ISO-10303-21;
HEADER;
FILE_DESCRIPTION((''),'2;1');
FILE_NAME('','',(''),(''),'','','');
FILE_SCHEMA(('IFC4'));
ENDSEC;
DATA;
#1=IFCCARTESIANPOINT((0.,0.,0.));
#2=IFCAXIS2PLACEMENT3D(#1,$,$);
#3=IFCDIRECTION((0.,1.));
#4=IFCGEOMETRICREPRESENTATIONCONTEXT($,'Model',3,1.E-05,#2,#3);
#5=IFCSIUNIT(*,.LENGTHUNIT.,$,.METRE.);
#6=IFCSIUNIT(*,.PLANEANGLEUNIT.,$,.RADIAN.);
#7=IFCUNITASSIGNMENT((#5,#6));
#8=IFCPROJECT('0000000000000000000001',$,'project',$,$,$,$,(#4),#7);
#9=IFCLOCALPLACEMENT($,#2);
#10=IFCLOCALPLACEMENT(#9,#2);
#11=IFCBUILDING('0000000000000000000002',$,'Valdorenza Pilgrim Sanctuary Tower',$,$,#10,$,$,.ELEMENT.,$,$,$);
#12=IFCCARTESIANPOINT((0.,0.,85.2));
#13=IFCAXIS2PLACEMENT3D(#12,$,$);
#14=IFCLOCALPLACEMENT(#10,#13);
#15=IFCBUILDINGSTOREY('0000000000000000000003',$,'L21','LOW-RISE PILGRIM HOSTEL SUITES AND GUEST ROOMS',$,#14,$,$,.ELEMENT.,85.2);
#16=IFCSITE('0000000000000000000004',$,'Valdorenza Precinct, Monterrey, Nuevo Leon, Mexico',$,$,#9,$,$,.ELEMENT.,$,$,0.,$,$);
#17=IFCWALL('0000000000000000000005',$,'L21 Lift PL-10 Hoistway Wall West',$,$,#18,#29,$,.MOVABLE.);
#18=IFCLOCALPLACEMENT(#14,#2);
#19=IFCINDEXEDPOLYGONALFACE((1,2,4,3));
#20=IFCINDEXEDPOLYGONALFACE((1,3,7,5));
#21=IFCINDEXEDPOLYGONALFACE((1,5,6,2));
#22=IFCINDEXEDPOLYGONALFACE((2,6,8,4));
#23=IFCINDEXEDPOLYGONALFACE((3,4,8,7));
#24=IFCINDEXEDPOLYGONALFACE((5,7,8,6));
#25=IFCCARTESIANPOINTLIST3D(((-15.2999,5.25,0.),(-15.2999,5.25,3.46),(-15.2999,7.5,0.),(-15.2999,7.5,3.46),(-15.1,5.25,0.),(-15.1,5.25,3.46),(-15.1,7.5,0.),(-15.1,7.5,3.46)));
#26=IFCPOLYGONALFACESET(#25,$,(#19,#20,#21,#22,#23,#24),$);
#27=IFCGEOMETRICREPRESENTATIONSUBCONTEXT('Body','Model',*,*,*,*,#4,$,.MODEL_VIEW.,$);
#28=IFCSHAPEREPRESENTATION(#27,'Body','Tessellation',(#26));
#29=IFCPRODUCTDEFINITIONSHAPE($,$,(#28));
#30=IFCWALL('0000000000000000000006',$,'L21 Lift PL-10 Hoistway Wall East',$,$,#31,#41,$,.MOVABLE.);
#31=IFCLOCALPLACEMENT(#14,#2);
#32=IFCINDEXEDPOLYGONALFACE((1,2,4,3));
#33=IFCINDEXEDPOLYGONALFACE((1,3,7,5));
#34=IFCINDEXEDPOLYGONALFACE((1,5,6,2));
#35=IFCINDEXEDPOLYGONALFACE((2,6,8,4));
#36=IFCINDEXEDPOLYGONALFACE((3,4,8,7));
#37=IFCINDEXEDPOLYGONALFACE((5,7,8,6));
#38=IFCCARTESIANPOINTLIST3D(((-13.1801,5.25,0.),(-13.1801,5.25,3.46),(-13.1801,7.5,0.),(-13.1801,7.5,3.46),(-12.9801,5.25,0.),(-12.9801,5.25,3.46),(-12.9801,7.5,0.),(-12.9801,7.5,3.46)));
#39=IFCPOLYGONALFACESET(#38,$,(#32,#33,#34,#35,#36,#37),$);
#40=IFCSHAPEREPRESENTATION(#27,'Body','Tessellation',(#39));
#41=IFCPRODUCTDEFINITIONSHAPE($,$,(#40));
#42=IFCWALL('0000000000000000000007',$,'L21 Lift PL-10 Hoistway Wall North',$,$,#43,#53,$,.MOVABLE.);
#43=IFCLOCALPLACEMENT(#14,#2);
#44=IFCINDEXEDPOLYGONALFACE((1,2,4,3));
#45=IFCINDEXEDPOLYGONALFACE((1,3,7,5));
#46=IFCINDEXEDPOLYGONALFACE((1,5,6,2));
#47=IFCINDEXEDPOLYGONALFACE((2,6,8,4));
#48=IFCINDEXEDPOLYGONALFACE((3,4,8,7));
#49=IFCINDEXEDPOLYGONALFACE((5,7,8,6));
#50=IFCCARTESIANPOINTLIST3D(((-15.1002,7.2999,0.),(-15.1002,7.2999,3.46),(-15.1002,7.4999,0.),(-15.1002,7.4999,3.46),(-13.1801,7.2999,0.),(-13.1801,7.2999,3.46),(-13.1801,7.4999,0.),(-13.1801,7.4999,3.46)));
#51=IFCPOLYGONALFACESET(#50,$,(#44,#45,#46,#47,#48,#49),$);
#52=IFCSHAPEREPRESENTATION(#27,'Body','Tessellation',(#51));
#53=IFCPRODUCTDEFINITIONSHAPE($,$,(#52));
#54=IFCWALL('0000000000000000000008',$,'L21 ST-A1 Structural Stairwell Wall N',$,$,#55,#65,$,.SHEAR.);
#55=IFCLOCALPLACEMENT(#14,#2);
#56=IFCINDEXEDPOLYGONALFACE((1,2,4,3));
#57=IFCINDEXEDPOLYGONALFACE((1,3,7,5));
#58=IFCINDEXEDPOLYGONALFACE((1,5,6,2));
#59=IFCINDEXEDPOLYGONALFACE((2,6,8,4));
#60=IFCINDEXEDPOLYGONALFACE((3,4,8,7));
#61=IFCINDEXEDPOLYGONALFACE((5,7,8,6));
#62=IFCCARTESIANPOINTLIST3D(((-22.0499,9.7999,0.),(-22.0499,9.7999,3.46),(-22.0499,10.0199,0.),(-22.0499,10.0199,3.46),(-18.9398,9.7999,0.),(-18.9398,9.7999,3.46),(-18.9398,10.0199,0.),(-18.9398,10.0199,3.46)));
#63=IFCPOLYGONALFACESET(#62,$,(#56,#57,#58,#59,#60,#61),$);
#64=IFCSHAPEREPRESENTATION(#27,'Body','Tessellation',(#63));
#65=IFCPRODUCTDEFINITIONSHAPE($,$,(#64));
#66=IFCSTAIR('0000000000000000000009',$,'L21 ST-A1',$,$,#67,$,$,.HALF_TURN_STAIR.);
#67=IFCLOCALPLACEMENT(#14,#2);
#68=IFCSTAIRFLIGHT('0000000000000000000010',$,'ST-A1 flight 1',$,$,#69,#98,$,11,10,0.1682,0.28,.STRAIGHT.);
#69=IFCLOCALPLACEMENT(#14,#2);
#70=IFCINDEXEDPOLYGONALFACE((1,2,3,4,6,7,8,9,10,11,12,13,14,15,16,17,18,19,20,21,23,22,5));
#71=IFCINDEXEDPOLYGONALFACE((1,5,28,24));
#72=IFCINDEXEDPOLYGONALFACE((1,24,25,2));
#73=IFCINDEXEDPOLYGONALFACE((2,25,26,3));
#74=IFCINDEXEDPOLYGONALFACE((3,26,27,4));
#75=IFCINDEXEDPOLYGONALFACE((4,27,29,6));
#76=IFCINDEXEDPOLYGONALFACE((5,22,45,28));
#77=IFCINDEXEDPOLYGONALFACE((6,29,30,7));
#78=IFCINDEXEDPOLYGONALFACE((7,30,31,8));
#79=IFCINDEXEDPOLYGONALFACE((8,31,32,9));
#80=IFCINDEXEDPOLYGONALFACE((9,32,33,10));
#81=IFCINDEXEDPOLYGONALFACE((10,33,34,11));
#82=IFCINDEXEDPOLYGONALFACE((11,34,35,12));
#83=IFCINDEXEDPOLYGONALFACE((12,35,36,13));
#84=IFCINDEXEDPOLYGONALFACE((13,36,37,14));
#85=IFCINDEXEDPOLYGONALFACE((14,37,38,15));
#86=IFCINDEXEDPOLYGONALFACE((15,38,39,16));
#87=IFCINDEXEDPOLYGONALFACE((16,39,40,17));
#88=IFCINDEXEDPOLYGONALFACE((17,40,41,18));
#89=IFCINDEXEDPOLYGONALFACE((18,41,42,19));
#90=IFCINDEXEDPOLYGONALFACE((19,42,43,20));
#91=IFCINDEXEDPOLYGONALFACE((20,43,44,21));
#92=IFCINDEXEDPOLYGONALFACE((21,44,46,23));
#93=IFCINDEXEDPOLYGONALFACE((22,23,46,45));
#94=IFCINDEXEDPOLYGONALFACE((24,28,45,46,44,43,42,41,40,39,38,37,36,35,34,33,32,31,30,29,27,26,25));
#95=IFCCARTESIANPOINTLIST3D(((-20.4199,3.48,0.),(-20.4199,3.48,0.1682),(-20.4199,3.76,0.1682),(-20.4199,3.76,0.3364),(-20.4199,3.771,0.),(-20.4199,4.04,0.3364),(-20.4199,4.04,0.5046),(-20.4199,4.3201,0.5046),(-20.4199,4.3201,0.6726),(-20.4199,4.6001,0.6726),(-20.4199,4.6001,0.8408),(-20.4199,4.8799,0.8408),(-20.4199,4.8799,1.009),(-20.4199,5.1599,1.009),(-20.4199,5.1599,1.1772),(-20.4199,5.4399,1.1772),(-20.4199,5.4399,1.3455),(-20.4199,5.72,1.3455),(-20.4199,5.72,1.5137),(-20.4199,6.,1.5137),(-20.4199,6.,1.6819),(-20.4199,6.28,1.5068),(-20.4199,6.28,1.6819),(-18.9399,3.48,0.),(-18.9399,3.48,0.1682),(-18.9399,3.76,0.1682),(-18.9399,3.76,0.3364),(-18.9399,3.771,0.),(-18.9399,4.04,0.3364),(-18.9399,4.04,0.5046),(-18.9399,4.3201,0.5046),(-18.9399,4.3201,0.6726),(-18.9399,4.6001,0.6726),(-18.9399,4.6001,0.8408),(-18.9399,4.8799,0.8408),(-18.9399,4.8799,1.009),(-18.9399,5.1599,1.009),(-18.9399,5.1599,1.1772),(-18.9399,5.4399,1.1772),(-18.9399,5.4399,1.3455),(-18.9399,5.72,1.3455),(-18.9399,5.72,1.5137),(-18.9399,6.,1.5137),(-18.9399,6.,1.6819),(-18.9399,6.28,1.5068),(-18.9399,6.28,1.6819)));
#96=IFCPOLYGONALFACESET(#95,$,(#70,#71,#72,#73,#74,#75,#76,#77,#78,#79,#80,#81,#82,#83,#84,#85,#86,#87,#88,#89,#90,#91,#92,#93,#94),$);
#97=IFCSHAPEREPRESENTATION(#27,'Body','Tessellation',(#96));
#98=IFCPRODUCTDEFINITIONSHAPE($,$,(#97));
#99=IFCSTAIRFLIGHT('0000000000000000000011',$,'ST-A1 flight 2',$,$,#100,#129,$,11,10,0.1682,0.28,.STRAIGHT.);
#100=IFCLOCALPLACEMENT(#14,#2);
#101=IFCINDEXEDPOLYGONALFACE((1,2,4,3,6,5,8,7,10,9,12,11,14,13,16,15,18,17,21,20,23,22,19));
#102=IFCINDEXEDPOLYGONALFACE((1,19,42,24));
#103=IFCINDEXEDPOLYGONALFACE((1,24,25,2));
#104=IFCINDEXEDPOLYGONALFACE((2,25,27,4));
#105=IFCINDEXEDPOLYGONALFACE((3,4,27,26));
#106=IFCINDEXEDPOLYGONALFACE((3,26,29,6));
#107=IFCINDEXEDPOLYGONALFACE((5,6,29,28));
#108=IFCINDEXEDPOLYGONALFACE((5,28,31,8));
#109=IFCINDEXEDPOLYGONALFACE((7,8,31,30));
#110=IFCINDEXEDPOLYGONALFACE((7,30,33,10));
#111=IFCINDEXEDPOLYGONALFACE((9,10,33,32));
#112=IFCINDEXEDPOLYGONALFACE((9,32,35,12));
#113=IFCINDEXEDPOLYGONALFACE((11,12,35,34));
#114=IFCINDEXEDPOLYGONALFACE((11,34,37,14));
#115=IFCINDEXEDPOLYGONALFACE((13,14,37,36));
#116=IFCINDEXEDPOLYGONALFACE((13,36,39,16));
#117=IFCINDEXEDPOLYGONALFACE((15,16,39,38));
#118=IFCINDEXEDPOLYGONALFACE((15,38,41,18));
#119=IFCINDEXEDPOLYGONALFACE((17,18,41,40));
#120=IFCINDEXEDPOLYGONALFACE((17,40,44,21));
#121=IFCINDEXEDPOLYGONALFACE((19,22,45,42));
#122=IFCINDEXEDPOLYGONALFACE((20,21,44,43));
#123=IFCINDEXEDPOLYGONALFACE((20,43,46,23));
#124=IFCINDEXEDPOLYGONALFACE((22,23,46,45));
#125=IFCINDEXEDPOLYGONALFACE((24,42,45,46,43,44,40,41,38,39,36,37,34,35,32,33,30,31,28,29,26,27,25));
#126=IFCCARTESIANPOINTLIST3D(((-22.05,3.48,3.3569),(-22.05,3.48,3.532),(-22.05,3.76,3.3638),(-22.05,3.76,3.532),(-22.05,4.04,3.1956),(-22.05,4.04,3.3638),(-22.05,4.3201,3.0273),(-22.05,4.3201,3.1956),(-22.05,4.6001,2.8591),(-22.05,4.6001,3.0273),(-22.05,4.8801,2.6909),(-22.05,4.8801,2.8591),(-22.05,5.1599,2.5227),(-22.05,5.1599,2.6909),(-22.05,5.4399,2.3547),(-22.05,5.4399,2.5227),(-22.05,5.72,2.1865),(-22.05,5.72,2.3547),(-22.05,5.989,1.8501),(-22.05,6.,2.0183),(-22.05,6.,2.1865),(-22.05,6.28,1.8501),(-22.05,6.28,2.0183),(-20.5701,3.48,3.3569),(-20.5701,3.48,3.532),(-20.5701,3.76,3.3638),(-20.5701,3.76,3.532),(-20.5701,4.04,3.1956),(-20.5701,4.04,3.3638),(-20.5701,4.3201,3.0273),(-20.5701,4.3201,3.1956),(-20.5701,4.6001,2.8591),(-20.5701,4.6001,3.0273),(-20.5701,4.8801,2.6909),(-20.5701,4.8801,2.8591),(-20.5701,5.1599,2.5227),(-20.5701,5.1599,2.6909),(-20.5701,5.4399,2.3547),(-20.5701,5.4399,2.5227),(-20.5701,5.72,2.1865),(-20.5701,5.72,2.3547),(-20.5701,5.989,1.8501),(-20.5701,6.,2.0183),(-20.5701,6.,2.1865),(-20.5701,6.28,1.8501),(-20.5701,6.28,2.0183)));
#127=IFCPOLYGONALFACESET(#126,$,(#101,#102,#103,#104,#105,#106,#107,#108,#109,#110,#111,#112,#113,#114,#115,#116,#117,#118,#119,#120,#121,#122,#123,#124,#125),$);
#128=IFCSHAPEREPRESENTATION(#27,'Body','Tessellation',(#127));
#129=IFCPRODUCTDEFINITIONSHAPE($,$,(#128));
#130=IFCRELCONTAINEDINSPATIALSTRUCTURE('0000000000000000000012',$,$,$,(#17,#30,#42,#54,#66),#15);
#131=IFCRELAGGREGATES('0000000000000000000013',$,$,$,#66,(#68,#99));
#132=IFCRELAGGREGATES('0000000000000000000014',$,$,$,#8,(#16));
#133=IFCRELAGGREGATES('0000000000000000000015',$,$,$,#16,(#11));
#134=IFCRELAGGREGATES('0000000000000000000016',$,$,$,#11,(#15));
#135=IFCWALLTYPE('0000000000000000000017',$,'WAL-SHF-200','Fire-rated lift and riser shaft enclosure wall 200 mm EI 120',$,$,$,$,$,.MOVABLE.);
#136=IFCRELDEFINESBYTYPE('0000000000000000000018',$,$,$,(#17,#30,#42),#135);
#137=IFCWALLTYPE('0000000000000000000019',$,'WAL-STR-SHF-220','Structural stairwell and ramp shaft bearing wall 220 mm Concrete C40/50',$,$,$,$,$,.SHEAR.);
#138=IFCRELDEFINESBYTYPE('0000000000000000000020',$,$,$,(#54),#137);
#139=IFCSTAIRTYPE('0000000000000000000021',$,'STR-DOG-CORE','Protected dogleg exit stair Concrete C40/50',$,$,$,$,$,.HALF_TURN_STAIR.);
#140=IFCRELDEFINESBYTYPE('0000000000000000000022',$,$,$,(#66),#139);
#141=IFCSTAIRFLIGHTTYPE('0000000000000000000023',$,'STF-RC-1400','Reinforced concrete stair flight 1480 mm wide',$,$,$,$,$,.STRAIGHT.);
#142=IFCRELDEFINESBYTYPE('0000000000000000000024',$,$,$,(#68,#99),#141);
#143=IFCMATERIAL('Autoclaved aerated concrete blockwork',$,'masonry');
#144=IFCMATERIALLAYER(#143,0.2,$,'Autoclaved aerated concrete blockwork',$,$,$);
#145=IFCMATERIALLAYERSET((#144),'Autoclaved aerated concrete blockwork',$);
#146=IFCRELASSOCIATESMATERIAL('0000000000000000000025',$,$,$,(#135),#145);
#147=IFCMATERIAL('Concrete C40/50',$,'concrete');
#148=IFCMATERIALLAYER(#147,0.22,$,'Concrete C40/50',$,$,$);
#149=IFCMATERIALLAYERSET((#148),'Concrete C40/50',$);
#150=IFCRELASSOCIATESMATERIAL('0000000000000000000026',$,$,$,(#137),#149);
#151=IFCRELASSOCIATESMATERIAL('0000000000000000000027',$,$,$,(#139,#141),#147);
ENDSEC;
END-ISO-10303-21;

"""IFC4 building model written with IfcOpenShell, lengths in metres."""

from ifc_helpers import new_model, si_unit, direction, frame, frame_2d, origin, place, context, subcontext, project, spatial, polyline, rectangle, outline, extrude, material, layer, layer_set, type_object, element, aggregate, save


model = new_model("IFC4")

# Units and contexts
model_context = context("Model", 3, precision=1e-05, world=origin(), true_north=direction((0.0, 1.0)))
body_context = subcontext(model_context, "Body", "Model", "MODEL_VIEW")
ifc_project = project(units=[si_unit("LENGTHUNIT", "METRE"), si_unit("PLANEANGLEUNIT", "RADIAN")], contexts=[model_context])

# Site, building, storey
site_placement = place(None, origin())
site = spatial("IfcSite", under=ifc_project, at=site_placement, Name="Valdorenza Precinct, Monterrey, Nuevo Leon, Mexico", CompositionType="ELEMENT", RefElevation=0.0)
building_placement = place(site_placement, origin())
building = spatial("IfcBuilding", under=site, at=building_placement, Name="Valdorenza Pilgrim Sanctuary Tower", CompositionType="ELEMENT")
storey_placement = place(building_placement, frame((0.0, 0.0, 85.2)))
storey = spatial("IfcBuildingStorey", under=building, at=storey_placement, Name="L21", Description="LOW-RISE PILGRIM HOSTEL SUITES AND GUEST ROOMS", CompositionType="ELEMENT", Elevation=85.2)

# Shared definitions
ifc_material_1 = material(Name="Autoclaved aerated concrete blockwork", Category="masonry")
ifc_layer_1 = layer(ifc_material_1, 0.2, Name="Autoclaved aerated concrete blockwork")
ifc_layer_set_1 = layer_set([ifc_layer_1], Name="Autoclaved aerated concrete blockwork")
wall_type_1 = type_object("IfcWallType", Name="WAL-SHF-200", Description="Fire-rated lift and riser shaft enclosure wall 200 mm EI 120", PredefinedType="MOVABLE", material=ifc_layer_set_1)

# Walls
for number, where, z_axis, x_axis, name in (
    (1, (-15.2, 5.25, 0.0), (0.0, 0.0, 1.0), (0.0, 1.0, 0.0), "L21 Lift PL-10 Hoistway Wall West"),
    (2, (-13.0801, 5.25, 0.0), (0.0, 0.0, 1.0), (0.0, 1.0, 0.0), "L21 Lift PL-10 Hoistway Wall East"),
):
    element("IfcWall", number, at=place(storey_placement, frame(where, z_axis=z_axis, x_axis=x_axis)), inside=storey, type_object=wall_type_1, Name=name, PredefinedType="MOVABLE", context=body_context, shape_type="SweptSolid", body=[
        extrude(rectangle(XDim=2.25, YDim=0.2, at=frame_2d((1.125, 0.0))), origin(), (0.0, 0.0, 1.0), 3.46),
    ])
wall_1_placement = place(storey_placement, frame((-15.1001, 7.3999, 0.0), z_axis=(0.0, 0.0, 1.0), x_axis=(1.0, 0.0, 0.0)))
element("IfcWall", 3, at=wall_1_placement, inside=storey, type_object=wall_type_1, Name="L21 Lift PL-10 Hoistway Wall North", PredefinedType="MOVABLE", context=body_context, shape_type="SweptSolid", body=[
    extrude(rectangle(XDim=1.9202, YDim=0.2, at=frame_2d((0.96, 0.0))), origin(), (0.0, 0.0, 1.0), 3.46),
])
ifc_material_2 = material(Name="Concrete C40/50", Category="concrete")
ifc_layer_2 = layer(ifc_material_2, 0.22, Name="Concrete C40/50")
ifc_layer_set_2 = layer_set([ifc_layer_2], Name="Concrete C40/50")
wall_type_2 = type_object("IfcWallType", Name="WAL-STR-SHF-220", Description="Structural stairwell and ramp shaft bearing wall 220 mm Concrete C40/50", PredefinedType="SHEAR", material=ifc_layer_set_2)
wall_2_placement = place(storey_placement, frame((-22.05, 9.9099, 0.0), z_axis=(0.0, 0.0, 1.0), x_axis=(1.0, 0.0, 0.0)))
element("IfcWall", 4, at=wall_2_placement, inside=storey, type_object=wall_type_2, Name="L21 ST-A1 Structural Stairwell Wall N", PredefinedType="SHEAR", context=body_context, shape_type="SweptSolid", body=[
    extrude(rectangle(XDim=3.1101, YDim=0.22, at=frame_2d((1.5552, 0.0))), origin(), (0.0, 0.0, 1.0), 3.46),
])

# Stair, stair flights
stair_type = type_object("IfcStairType", Name="STR-DOG-CORE", Description="Protected dogleg exit stair Concrete C40/50", PredefinedType="HALF_TURN_STAIR", material=ifc_material_2)
stair_placement = place(storey_placement, origin())
stair = element("IfcStair", 5, at=stair_placement, inside=storey, type_object=stair_type, Name="L21 ST-A1", PredefinedType="HALF_TURN_STAIR")
stair_flight_type = type_object("IfcStairFlightType", Name="STF-RC-1400", Description="Reinforced concrete stair flight 1480 mm wide", PredefinedType="STRAIGHT", material=ifc_material_2)
stair_flight_1_placement = place(storey_placement, frame((-19.6799, 3.48, 0.0), z_axis=(0.0, 0.0, 1.0), x_axis=(0.0, 1.0, 0.0)))
stair_flight_1 = element("IfcStairFlight", 6, at=stair_flight_1_placement, type_object=stair_flight_type, Name="ST-A1 flight 1", NumberOfRisers=11, NumberOfTreads=10, PredefinedType="STRAIGHT", RiserHeight=0.1682, TreadLength=0.28, context=body_context, shape_type="SweptSolid", body=[
    extrude(outline(polyline([(0.0, 0.0), (0.0, 0.1682), (0.28, 0.1682), (0.28, 0.3364), (0.5601, 0.3364), (0.5601, 0.5046), (0.8401, 0.5046), (0.8401, 0.6726), (1.1201, 0.6726), (1.1201, 0.8408), (1.3999, 0.8408), (1.3999, 1.009), (1.6799, 1.009), (1.6799, 1.1772), (1.96, 1.1772), (1.96, 1.3455), (2.24, 1.3455), (2.24, 1.5137), (2.52, 1.5137), (2.52, 1.6819), (2.8, 1.6819), (2.8, 1.8501), (2.8, 1.5068), (0.291, 0.0), (0.0, 0.0)])), frame((0.0, 0.74, 0.0), z_axis=(0.0, -1.0, 0.0), x_axis=(1.0, 0.0, 0.0)), (0.0, 0.0, 1.0), 1.48),
])
stair_flight_2_placement = place(storey_placement, frame((-21.3101, 6.28, 1.8501), z_axis=(0.0, 0.0, 1.0), x_axis=(0.0, -1.0, 0.0)))
stair_flight_2 = element("IfcStairFlight", 7, at=stair_flight_2_placement, type_object=stair_flight_type, Name="ST-A1 flight 2", NumberOfRisers=11, NumberOfTreads=10, PredefinedType="STRAIGHT", RiserHeight=0.1682, TreadLength=0.28, context=body_context, shape_type="SweptSolid", body=[
    extrude(outline(polyline([(0.0, 0.0), (0.0, 0.1682), (0.28, 0.1682), (0.28, 0.3364), (0.5601, 0.3364), (0.5601, 0.5046), (0.8401, 0.5046), (0.8401, 0.6726), (1.1201, 0.6726), (1.1201, 0.8408), (1.3999, 0.8408), (1.3999, 1.009), (1.6799, 1.009), (1.6799, 1.1772), (1.96, 1.1772), (1.96, 1.3455), (2.24, 1.3455), (2.24, 1.5137), (2.52, 1.5137), (2.52, 1.6819), (2.8, 1.6819), (2.8, 1.8501), (2.8, 1.5068), (0.291, 0.0), (0.0, 0.0)])), frame((0.0, 0.74, 0.0), z_axis=(0.0, -1.0, 0.0), x_axis=(1.0, 0.0, 0.0)), (0.0, 0.0, 1.0), 1.48),
])
aggregate(stair, [stair_flight_1, stair_flight_2])

save(model, "model.ifc")
